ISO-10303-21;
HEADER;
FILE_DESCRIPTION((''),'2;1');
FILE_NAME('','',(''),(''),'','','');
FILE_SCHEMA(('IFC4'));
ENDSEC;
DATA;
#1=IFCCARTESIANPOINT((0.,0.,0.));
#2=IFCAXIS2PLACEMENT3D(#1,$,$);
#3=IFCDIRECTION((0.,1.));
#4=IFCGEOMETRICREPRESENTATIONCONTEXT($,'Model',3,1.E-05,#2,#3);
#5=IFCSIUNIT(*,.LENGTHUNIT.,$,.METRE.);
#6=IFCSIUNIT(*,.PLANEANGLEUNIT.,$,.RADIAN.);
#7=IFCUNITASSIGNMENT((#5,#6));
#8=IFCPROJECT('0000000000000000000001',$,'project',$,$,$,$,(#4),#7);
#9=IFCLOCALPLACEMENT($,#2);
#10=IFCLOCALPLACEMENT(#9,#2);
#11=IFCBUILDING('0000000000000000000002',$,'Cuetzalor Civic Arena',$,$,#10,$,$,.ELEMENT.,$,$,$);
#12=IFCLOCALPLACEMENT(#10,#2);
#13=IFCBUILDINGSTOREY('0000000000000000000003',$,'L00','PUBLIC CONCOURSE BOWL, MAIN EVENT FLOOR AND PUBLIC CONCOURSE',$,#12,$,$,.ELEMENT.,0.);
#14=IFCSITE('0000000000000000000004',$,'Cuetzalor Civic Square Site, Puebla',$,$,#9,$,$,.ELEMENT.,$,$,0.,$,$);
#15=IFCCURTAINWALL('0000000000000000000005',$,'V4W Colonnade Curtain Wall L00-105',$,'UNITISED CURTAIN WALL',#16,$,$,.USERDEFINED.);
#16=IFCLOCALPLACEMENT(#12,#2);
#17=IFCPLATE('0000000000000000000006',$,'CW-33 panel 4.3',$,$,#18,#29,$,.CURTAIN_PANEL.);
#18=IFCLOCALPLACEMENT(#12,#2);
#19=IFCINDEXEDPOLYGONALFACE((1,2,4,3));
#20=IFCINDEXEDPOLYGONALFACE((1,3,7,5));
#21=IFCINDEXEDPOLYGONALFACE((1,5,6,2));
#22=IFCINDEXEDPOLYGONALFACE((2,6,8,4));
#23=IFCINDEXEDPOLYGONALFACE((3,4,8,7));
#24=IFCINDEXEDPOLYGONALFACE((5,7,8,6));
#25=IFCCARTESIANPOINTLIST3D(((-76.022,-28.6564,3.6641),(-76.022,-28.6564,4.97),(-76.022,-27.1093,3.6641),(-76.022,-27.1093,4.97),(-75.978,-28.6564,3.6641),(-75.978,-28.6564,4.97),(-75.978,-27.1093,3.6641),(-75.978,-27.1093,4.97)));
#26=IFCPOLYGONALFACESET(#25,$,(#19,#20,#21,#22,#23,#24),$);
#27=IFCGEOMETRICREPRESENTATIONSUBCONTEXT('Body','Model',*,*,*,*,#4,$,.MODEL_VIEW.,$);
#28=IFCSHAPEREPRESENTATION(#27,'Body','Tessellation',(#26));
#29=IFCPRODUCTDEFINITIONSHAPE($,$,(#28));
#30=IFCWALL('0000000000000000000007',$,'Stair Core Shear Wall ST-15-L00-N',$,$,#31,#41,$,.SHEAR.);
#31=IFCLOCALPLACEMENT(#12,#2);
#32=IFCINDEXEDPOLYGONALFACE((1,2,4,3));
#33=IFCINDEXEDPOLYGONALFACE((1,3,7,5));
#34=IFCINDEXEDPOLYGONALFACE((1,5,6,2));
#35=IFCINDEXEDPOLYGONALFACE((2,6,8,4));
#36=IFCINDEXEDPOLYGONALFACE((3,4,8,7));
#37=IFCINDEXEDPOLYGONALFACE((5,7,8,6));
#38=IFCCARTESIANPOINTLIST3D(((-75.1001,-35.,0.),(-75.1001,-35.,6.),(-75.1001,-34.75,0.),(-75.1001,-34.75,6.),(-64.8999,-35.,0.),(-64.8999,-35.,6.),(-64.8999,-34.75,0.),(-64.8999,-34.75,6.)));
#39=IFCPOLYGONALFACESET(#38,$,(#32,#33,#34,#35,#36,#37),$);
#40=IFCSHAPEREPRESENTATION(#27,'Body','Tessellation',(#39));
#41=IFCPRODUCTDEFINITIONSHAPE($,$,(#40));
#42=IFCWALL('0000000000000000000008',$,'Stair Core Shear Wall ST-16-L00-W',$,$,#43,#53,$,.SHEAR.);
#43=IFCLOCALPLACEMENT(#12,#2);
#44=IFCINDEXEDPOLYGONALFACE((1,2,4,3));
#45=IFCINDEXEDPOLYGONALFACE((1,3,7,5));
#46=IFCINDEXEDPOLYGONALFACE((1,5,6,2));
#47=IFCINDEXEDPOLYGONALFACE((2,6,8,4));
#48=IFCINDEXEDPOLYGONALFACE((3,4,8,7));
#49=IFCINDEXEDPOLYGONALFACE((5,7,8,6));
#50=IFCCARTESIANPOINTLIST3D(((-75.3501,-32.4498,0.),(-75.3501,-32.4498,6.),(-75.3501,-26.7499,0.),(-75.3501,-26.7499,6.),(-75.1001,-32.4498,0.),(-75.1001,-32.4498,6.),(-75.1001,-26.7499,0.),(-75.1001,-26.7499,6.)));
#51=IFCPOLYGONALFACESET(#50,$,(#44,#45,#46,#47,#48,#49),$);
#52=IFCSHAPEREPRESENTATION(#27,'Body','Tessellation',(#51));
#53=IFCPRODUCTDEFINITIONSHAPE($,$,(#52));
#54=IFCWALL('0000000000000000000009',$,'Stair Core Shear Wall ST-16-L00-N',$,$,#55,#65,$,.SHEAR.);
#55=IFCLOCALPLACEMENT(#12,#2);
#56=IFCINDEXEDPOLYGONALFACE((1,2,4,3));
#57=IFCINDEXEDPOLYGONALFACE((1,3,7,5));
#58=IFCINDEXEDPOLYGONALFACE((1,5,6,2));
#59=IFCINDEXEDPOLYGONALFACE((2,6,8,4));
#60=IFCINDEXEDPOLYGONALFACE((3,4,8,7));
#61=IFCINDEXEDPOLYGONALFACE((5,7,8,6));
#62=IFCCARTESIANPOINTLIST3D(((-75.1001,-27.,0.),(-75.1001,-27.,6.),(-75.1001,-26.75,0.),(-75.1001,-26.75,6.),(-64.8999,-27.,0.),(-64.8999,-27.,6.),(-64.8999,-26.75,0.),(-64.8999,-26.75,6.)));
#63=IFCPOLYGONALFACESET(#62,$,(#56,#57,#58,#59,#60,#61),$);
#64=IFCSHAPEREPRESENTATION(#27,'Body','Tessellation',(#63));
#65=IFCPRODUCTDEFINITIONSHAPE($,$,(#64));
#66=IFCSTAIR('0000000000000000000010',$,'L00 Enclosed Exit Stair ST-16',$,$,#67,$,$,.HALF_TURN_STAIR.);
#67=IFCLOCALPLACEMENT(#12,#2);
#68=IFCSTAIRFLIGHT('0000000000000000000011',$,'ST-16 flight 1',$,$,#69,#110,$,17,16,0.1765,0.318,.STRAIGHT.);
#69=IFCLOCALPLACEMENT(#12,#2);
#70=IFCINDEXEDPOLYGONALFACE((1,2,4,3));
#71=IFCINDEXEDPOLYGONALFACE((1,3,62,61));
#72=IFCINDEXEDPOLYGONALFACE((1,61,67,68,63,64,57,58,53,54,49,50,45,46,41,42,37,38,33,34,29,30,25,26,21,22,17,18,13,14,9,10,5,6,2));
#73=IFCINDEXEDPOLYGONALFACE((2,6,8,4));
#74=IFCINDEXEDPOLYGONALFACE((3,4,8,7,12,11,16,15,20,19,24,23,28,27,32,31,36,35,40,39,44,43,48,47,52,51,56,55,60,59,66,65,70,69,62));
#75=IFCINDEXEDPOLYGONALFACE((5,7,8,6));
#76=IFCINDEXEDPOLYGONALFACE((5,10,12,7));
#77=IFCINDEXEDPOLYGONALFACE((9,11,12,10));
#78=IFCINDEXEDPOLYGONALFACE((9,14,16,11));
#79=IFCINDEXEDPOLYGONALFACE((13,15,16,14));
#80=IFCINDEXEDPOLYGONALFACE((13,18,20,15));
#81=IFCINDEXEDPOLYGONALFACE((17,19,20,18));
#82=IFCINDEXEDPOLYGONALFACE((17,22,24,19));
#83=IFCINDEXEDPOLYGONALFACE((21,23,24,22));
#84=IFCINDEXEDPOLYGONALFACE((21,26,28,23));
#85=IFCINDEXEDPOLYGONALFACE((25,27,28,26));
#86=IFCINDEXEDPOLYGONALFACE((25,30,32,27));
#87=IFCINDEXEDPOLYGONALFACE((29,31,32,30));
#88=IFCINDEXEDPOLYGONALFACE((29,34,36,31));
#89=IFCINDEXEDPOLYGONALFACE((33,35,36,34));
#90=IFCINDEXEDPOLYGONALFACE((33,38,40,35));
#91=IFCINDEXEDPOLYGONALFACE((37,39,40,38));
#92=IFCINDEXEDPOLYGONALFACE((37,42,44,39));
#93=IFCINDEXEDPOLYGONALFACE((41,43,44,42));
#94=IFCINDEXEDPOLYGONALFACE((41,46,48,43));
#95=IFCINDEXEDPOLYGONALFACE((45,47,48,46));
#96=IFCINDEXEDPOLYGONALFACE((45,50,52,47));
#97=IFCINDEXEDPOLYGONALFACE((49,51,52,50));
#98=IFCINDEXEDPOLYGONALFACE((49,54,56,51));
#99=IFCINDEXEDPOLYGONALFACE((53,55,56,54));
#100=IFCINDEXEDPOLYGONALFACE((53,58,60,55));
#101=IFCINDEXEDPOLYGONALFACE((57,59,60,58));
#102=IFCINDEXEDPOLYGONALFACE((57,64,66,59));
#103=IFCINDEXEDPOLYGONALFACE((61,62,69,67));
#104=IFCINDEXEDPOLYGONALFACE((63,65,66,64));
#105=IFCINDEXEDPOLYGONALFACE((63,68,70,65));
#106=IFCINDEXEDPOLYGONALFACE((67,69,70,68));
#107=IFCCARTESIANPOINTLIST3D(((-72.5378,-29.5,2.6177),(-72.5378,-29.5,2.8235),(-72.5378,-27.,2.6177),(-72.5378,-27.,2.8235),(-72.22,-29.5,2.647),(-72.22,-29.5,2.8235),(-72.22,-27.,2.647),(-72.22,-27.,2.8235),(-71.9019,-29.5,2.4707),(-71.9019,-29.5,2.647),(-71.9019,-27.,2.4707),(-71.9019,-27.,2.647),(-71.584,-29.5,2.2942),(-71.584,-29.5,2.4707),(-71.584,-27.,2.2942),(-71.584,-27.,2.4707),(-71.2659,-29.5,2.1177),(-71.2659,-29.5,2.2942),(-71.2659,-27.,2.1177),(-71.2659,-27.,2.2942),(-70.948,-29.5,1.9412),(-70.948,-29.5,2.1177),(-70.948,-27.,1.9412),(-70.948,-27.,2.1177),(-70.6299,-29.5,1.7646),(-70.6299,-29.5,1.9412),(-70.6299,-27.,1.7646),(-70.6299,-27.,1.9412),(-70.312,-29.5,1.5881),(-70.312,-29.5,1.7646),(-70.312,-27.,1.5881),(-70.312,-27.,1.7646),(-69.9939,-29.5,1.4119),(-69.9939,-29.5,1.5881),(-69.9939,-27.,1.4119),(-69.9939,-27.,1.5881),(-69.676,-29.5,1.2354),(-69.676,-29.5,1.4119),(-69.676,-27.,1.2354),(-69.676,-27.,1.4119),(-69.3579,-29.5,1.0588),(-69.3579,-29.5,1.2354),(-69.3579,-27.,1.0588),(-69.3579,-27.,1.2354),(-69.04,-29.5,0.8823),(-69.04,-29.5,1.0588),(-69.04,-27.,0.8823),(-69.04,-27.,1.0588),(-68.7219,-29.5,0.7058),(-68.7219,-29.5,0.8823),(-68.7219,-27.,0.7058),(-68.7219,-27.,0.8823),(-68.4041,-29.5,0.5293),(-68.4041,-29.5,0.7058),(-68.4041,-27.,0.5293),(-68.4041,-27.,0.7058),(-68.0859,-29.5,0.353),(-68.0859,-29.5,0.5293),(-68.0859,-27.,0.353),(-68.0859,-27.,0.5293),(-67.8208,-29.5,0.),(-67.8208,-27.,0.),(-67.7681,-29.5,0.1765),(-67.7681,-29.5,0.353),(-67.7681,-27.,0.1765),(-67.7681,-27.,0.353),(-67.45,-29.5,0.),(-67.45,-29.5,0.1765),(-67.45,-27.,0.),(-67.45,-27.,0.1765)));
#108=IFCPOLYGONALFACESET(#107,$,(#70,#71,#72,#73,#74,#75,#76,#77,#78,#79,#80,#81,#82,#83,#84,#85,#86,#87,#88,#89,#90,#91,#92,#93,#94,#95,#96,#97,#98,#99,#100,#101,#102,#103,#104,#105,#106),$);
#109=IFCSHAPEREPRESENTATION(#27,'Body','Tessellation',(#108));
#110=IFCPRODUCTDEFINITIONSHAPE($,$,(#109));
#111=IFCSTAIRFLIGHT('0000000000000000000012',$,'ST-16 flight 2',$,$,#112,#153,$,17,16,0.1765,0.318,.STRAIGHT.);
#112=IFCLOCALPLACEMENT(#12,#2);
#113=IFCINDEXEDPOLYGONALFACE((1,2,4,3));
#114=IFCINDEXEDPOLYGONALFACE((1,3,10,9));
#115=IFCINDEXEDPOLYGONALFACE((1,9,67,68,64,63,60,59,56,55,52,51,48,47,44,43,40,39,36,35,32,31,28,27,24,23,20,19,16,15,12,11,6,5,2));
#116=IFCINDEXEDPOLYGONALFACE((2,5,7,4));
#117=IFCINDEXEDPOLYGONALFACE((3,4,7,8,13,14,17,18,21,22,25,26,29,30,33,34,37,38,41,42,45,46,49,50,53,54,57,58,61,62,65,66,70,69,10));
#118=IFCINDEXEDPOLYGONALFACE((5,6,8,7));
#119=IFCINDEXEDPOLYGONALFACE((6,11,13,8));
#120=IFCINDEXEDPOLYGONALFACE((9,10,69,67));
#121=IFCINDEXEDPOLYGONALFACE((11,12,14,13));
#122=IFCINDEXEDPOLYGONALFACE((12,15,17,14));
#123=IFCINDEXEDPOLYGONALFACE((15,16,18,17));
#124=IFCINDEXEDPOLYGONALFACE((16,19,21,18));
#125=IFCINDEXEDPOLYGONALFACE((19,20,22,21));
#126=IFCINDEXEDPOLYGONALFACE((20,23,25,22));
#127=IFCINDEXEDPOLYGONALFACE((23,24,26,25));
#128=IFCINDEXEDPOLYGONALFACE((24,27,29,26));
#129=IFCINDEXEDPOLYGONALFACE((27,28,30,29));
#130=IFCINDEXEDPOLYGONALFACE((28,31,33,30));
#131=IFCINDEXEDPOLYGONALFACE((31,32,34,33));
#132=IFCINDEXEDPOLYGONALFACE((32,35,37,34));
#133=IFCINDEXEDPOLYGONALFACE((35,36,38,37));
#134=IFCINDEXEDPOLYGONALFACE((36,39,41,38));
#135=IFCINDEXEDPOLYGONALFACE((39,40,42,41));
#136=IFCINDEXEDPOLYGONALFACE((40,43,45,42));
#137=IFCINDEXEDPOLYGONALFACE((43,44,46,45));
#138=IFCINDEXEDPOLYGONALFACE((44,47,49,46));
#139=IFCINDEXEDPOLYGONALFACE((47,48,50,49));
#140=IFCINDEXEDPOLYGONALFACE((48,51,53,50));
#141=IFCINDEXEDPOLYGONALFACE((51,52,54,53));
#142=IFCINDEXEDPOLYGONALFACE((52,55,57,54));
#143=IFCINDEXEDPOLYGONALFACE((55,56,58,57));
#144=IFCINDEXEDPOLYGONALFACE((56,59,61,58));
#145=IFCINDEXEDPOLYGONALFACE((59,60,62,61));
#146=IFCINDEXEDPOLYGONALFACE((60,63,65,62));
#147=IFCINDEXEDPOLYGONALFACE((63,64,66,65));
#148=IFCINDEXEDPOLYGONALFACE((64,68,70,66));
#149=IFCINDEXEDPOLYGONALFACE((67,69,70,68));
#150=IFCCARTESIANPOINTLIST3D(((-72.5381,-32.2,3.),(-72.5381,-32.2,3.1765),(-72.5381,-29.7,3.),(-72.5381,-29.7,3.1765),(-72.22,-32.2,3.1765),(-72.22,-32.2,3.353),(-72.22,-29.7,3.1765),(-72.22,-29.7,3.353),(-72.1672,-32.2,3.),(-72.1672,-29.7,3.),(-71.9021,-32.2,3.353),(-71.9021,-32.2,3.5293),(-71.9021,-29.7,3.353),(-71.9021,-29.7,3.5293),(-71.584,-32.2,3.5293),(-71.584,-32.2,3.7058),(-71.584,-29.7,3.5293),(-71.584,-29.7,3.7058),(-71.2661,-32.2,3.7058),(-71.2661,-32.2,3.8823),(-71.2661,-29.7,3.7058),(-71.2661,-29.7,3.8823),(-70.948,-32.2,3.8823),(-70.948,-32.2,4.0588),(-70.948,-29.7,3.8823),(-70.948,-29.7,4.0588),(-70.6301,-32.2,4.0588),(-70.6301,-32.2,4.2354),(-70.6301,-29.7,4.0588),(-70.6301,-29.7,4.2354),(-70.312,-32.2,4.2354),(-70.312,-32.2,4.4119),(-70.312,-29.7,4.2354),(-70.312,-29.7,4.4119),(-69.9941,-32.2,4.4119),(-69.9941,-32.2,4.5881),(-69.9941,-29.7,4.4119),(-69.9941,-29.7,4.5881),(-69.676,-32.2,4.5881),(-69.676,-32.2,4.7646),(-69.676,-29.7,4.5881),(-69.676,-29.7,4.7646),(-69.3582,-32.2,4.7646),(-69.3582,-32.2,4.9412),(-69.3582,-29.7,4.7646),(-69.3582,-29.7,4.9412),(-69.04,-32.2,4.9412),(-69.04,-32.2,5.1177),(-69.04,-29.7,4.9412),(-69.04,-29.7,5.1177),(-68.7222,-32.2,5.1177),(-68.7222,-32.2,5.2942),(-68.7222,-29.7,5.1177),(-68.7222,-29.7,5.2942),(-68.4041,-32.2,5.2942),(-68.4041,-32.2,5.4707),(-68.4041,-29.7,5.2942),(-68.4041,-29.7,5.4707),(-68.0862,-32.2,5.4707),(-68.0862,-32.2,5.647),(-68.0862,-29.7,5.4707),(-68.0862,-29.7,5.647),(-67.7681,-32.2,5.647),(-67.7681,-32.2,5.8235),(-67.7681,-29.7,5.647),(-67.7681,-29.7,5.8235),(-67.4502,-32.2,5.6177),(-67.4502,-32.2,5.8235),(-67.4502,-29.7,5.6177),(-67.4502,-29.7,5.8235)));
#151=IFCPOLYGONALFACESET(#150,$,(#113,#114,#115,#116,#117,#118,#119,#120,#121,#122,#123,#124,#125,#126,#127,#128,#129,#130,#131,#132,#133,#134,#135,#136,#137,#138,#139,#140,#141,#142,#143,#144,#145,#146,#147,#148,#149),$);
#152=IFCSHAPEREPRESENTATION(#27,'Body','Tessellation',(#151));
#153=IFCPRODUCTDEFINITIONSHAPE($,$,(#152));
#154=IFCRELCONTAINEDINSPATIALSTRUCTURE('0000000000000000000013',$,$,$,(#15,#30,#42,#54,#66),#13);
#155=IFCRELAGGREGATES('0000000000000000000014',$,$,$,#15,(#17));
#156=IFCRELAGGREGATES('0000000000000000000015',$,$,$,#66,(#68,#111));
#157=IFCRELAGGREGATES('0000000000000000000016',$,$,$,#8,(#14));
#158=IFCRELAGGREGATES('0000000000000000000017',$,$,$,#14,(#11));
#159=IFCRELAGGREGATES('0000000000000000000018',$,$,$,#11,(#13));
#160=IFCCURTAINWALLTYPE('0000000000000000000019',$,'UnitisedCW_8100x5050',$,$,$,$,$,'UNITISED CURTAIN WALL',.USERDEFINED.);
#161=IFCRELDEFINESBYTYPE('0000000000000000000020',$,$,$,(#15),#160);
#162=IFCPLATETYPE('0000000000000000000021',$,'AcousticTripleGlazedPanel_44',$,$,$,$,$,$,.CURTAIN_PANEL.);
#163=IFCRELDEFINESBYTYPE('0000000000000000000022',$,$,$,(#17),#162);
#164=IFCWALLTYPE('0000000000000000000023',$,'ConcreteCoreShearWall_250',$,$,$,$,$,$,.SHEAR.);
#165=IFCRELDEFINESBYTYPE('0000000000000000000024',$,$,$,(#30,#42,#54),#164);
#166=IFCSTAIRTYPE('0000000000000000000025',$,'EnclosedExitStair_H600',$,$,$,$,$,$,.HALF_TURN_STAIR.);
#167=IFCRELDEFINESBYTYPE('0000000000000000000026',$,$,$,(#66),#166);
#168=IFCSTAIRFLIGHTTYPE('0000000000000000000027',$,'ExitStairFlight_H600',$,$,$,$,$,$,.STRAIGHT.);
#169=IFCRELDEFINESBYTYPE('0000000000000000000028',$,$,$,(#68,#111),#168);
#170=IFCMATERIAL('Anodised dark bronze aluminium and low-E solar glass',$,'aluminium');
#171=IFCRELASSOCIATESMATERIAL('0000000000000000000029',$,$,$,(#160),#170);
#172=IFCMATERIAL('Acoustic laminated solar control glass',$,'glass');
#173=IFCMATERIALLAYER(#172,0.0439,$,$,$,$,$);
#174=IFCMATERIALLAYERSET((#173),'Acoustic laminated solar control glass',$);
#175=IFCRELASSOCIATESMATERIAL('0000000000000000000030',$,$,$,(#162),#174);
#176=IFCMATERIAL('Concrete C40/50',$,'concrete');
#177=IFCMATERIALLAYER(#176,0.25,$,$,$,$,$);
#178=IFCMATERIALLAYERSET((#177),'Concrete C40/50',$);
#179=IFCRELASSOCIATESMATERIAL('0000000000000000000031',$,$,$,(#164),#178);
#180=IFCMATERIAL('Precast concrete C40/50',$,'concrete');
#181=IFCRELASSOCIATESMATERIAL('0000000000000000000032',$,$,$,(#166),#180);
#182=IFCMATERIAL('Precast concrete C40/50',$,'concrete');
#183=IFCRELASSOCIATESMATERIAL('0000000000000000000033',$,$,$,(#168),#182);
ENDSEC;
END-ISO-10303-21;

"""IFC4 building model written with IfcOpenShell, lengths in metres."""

from ifc_helpers import new_model, si_unit, direction, frame, frame_2d, origin, origin_2d, place, context, subcontext, project, spatial, polyline, rectangle, outline, extrude, material, layer, layer_set, type_object, element, aggregate, save


model = new_model("IFC4")

# Units and contexts
model_context = context("Model", 3, precision=1e-05, world=origin(), true_north=direction((0.0, 1.0)))
body_context = subcontext(model_context, "Body", "Model", "MODEL_VIEW")
ifc_project = project(units=[si_unit("LENGTHUNIT", "METRE"), si_unit("PLANEANGLEUNIT", "RADIAN")], contexts=[model_context])

# Site, building, storey
site_placement = place(None, origin())
site = spatial("IfcSite", under=ifc_project, at=site_placement, Name="Cuetzalor Civic Square Site, Puebla", CompositionType="ELEMENT", RefElevation=0.0)
building_placement = place(site_placement, origin())
building = spatial("IfcBuilding", under=site, at=building_placement, Name="Cuetzalor Civic Arena", CompositionType="ELEMENT")
storey_placement = place(building_placement, origin())
storey = spatial("IfcBuildingStorey", under=building, at=storey_placement, Name="L00", Description="PUBLIC CONCOURSE BOWL, MAIN EVENT FLOOR AND PUBLIC CONCOURSE", CompositionType="ELEMENT", Elevation=0.0)

# Curtain wall, plate
ifc_material_1 = material(Name="Anodised dark bronze aluminium and low-E solar glass", Category="aluminium")
curtain_wall_type = type_object("IfcCurtainWallType", Name="UnitisedCW_8100x5050", ElementType="UNITISED CURTAIN WALL", PredefinedType="USERDEFINED", material=ifc_material_1)
curtain_wall_placement = place(storey_placement, origin())
curtain_wall = element("IfcCurtainWall", 1, at=curtain_wall_placement, inside=storey, type_object=curtain_wall_type, Name="V4W Colonnade Curtain Wall L00-105", ObjectType="UNITISED CURTAIN WALL", PredefinedType="USERDEFINED")
ifc_material_2 = material(Name="Acoustic laminated solar control glass", Category="glass")
ifc_layer_1 = layer(ifc_material_2, 0.0439)
ifc_layer_set_1 = layer_set([ifc_layer_1], Name="Acoustic laminated solar control glass")
plate_type = type_object("IfcPlateType", Name="AcousticTripleGlazedPanel_44", PredefinedType="CURTAIN_PANEL", material=ifc_layer_set_1)
plate_1_placement = place(storey_placement, frame((-76.0, -27.8828, 3.6641), z_axis=(0.0, 0.0, 1.0), x_axis=(0.0, 1.0, 0.0)))
plate_1 = element("IfcPlate", 2, at=plate_1_placement, type_object=plate_type, Name="CW-33 panel 4.3", PredefinedType="CURTAIN_PANEL", context=body_context, shape_type="SweptSolid", body=[
    extrude(rectangle(XDim=1.5471, YDim=0.0439, at=origin_2d()), origin(), (0.0, 0.0, 1.0), 1.3059),
])
aggregate(curtain_wall, [plate_1])

# Walls
ifc_material_3 = material(Name="Concrete C40/50", Category="concrete")
ifc_layer_2 = layer(ifc_material_3, 0.25)
ifc_layer_set_2 = layer_set([ifc_layer_2], Name="Concrete C40/50")
wall_type = type_object("IfcWallType", Name="ConcreteCoreShearWall_250", PredefinedType="SHEAR", material=ifc_layer_set_2)
wall_1_placement = place(storey_placement, frame((-75.1001, -34.875, 0.0), z_axis=(0.0, 0.0, 1.0), x_axis=(1.0, 0.0, 0.0)))
element("IfcWall", 3, at=wall_1_placement, inside=storey, type_object=wall_type, Name="Stair Core Shear Wall ST-15-L00-N", PredefinedType="SHEAR", context=body_context, shape_type="SweptSolid", body=[
    extrude(rectangle(XDim=10.2002, YDim=0.25, at=frame_2d((5.1001, 0.0))), origin(), (0.0, 0.0, 1.0), 6.0),
])
wall_2_placement = place(storey_placement, frame((-75.2251, -32.45, 0.0), z_axis=(0.0, 0.0, 1.0), x_axis=(0.0, 1.0, 0.0)))
element("IfcWall", 4, at=wall_2_placement, inside=storey, type_object=wall_type, Name="Stair Core Shear Wall ST-16-L00-W", PredefinedType="SHEAR", context=body_context, shape_type="SweptSolid", body=[
    extrude(rectangle(XDim=5.7, YDim=0.25, at=frame_2d((2.8501, 0.0))), origin(), (0.0, 0.0, 1.0), 6.0),
])
wall_3_placement = place(storey_placement, frame((-75.1001, -26.875, 0.0), z_axis=(0.0, 0.0, 1.0), x_axis=(1.0, 0.0, 0.0)))
element("IfcWall", 5, at=wall_3_placement, inside=storey, type_object=wall_type, Name="Stair Core Shear Wall ST-16-L00-N", PredefinedType="SHEAR", context=body_context, shape_type="SweptSolid", body=[
    extrude(rectangle(XDim=10.2002, YDim=0.25, at=frame_2d((5.1001, 0.0))), origin(), (0.0, 0.0, 1.0), 6.0),
])

# Stair, stair flights
ifc_material_4 = material(Name="Precast concrete C40/50", Category="concrete")
stair_type = type_object("IfcStairType", Name="EnclosedExitStair_H600", PredefinedType="HALF_TURN_STAIR", material=ifc_material_4)
stair_placement = place(storey_placement, origin())
stair = element("IfcStair", 6, at=stair_placement, inside=storey, type_object=stair_type, Name="L00 Enclosed Exit Stair ST-16", PredefinedType="HALF_TURN_STAIR")
ifc_material_5 = material(Name="Precast concrete C40/50", Category="concrete")
stair_flight_type = type_object("IfcStairFlightType", Name="ExitStairFlight_H600", PredefinedType="STRAIGHT", material=ifc_material_5)
stair_flight_1_placement = place(storey_placement, frame((-67.45, -28.25, 0.0), z_axis=(0.0, 0.0, 1.0), x_axis=(-1.0, 0.0, 0.0)))
stair_flight_1 = element("IfcStairFlight", 7, at=stair_flight_1_placement, type_object=stair_flight_type, Name="ST-16 flight 1", NumberOfRisers=17, NumberOfTreads=16, PredefinedType="STRAIGHT", RiserHeight=0.1765, TreadLength=0.318, context=body_context, shape_type="SweptSolid", body=[
    extrude(outline(polyline([(0.0, 0.0), (0.0, 0.1765), (0.3181, 0.1765), (0.3181, 0.353), (0.636, 0.353), (0.636, 0.5293), (0.9541, 0.5293), (0.9541, 0.7058), (1.272, 0.7058), (1.272, 0.8823), (1.5901, 0.8823), (1.5901, 1.0588), (1.908, 1.0588), (1.908, 1.2354), (2.2261, 1.2354), (2.2261, 1.4119), (2.5439, 1.4119), (2.5439, 1.5881), (2.8621, 1.5881), (2.8621, 1.7646), (3.1799, 1.7646), (3.1799, 1.9412), (3.498, 1.9412), (3.498, 2.1177), (3.8159, 2.1177), (3.8159, 2.2942), (4.134, 2.2942), (4.134, 2.4707), (4.4519, 2.4707), (4.4519, 2.647), (4.77, 2.647), (4.77, 2.8235), (5.0879, 2.8235), (5.0879, 3.0), (5.0879, 2.6177), (0.3708, 0.0), (0.0, 0.0)])), frame((0.0, 1.25, 0.0), z_axis=(0.0, -1.0, 0.0), x_axis=(1.0, 0.0, 0.0)), (0.0, 0.0, 1.0), 2.5),
])
stair_flight_2_placement = place(storey_placement, frame((-72.5381, -30.95, 3.0), z_axis=(0.0, 0.0, 1.0), x_axis=(1.0, 0.0, 0.0)))
stair_flight_2 = element("IfcStairFlight", 8, at=stair_flight_2_placement, type_object=stair_flight_type, Name="ST-16 flight 2", NumberOfRisers=17, NumberOfTreads=16, PredefinedType="STRAIGHT", RiserHeight=0.1765, TreadLength=0.318, context=body_context, shape_type="SweptSolid", body=[
    extrude(outline(polyline([(0.0, 0.0), (0.0, 0.1765), (0.3181, 0.1765), (0.3181, 0.353), (0.636, 0.353), (0.636, 0.5293), (0.9541, 0.5293), (0.9541, 0.7058), (1.272, 0.7058), (1.272, 0.8823), (1.5901, 0.8823), (1.5901, 1.0588), (1.908, 1.0588), (1.908, 1.2354), (2.2261, 1.2354), (2.2261, 1.4119), (2.5439, 1.4119), (2.5439, 1.5881), (2.8621, 1.5881), (2.8621, 1.7646), (3.1799, 1.7646), (3.1799, 1.9412), (3.498, 1.9412), (3.498, 2.1177), (3.8159, 2.1177), (3.8159, 2.2942), (4.134, 2.2942), (4.134, 2.4707), (4.4519, 2.4707), (4.4519, 2.647), (4.77, 2.647), (4.77, 2.8235), (5.0879, 2.8235), (5.0879, 3.0), (5.0879, 2.6177), (0.3708, 0.0), (0.0, 0.0)])), frame((0.0, 1.25, 0.0), z_axis=(0.0, -1.0, 0.0), x_axis=(1.0, 0.0, 0.0)), (0.0, 0.0, 1.0), 2.5),
])
aggregate(stair, [stair_flight_1, stair_flight_2])

save(model, "model.ifc")
